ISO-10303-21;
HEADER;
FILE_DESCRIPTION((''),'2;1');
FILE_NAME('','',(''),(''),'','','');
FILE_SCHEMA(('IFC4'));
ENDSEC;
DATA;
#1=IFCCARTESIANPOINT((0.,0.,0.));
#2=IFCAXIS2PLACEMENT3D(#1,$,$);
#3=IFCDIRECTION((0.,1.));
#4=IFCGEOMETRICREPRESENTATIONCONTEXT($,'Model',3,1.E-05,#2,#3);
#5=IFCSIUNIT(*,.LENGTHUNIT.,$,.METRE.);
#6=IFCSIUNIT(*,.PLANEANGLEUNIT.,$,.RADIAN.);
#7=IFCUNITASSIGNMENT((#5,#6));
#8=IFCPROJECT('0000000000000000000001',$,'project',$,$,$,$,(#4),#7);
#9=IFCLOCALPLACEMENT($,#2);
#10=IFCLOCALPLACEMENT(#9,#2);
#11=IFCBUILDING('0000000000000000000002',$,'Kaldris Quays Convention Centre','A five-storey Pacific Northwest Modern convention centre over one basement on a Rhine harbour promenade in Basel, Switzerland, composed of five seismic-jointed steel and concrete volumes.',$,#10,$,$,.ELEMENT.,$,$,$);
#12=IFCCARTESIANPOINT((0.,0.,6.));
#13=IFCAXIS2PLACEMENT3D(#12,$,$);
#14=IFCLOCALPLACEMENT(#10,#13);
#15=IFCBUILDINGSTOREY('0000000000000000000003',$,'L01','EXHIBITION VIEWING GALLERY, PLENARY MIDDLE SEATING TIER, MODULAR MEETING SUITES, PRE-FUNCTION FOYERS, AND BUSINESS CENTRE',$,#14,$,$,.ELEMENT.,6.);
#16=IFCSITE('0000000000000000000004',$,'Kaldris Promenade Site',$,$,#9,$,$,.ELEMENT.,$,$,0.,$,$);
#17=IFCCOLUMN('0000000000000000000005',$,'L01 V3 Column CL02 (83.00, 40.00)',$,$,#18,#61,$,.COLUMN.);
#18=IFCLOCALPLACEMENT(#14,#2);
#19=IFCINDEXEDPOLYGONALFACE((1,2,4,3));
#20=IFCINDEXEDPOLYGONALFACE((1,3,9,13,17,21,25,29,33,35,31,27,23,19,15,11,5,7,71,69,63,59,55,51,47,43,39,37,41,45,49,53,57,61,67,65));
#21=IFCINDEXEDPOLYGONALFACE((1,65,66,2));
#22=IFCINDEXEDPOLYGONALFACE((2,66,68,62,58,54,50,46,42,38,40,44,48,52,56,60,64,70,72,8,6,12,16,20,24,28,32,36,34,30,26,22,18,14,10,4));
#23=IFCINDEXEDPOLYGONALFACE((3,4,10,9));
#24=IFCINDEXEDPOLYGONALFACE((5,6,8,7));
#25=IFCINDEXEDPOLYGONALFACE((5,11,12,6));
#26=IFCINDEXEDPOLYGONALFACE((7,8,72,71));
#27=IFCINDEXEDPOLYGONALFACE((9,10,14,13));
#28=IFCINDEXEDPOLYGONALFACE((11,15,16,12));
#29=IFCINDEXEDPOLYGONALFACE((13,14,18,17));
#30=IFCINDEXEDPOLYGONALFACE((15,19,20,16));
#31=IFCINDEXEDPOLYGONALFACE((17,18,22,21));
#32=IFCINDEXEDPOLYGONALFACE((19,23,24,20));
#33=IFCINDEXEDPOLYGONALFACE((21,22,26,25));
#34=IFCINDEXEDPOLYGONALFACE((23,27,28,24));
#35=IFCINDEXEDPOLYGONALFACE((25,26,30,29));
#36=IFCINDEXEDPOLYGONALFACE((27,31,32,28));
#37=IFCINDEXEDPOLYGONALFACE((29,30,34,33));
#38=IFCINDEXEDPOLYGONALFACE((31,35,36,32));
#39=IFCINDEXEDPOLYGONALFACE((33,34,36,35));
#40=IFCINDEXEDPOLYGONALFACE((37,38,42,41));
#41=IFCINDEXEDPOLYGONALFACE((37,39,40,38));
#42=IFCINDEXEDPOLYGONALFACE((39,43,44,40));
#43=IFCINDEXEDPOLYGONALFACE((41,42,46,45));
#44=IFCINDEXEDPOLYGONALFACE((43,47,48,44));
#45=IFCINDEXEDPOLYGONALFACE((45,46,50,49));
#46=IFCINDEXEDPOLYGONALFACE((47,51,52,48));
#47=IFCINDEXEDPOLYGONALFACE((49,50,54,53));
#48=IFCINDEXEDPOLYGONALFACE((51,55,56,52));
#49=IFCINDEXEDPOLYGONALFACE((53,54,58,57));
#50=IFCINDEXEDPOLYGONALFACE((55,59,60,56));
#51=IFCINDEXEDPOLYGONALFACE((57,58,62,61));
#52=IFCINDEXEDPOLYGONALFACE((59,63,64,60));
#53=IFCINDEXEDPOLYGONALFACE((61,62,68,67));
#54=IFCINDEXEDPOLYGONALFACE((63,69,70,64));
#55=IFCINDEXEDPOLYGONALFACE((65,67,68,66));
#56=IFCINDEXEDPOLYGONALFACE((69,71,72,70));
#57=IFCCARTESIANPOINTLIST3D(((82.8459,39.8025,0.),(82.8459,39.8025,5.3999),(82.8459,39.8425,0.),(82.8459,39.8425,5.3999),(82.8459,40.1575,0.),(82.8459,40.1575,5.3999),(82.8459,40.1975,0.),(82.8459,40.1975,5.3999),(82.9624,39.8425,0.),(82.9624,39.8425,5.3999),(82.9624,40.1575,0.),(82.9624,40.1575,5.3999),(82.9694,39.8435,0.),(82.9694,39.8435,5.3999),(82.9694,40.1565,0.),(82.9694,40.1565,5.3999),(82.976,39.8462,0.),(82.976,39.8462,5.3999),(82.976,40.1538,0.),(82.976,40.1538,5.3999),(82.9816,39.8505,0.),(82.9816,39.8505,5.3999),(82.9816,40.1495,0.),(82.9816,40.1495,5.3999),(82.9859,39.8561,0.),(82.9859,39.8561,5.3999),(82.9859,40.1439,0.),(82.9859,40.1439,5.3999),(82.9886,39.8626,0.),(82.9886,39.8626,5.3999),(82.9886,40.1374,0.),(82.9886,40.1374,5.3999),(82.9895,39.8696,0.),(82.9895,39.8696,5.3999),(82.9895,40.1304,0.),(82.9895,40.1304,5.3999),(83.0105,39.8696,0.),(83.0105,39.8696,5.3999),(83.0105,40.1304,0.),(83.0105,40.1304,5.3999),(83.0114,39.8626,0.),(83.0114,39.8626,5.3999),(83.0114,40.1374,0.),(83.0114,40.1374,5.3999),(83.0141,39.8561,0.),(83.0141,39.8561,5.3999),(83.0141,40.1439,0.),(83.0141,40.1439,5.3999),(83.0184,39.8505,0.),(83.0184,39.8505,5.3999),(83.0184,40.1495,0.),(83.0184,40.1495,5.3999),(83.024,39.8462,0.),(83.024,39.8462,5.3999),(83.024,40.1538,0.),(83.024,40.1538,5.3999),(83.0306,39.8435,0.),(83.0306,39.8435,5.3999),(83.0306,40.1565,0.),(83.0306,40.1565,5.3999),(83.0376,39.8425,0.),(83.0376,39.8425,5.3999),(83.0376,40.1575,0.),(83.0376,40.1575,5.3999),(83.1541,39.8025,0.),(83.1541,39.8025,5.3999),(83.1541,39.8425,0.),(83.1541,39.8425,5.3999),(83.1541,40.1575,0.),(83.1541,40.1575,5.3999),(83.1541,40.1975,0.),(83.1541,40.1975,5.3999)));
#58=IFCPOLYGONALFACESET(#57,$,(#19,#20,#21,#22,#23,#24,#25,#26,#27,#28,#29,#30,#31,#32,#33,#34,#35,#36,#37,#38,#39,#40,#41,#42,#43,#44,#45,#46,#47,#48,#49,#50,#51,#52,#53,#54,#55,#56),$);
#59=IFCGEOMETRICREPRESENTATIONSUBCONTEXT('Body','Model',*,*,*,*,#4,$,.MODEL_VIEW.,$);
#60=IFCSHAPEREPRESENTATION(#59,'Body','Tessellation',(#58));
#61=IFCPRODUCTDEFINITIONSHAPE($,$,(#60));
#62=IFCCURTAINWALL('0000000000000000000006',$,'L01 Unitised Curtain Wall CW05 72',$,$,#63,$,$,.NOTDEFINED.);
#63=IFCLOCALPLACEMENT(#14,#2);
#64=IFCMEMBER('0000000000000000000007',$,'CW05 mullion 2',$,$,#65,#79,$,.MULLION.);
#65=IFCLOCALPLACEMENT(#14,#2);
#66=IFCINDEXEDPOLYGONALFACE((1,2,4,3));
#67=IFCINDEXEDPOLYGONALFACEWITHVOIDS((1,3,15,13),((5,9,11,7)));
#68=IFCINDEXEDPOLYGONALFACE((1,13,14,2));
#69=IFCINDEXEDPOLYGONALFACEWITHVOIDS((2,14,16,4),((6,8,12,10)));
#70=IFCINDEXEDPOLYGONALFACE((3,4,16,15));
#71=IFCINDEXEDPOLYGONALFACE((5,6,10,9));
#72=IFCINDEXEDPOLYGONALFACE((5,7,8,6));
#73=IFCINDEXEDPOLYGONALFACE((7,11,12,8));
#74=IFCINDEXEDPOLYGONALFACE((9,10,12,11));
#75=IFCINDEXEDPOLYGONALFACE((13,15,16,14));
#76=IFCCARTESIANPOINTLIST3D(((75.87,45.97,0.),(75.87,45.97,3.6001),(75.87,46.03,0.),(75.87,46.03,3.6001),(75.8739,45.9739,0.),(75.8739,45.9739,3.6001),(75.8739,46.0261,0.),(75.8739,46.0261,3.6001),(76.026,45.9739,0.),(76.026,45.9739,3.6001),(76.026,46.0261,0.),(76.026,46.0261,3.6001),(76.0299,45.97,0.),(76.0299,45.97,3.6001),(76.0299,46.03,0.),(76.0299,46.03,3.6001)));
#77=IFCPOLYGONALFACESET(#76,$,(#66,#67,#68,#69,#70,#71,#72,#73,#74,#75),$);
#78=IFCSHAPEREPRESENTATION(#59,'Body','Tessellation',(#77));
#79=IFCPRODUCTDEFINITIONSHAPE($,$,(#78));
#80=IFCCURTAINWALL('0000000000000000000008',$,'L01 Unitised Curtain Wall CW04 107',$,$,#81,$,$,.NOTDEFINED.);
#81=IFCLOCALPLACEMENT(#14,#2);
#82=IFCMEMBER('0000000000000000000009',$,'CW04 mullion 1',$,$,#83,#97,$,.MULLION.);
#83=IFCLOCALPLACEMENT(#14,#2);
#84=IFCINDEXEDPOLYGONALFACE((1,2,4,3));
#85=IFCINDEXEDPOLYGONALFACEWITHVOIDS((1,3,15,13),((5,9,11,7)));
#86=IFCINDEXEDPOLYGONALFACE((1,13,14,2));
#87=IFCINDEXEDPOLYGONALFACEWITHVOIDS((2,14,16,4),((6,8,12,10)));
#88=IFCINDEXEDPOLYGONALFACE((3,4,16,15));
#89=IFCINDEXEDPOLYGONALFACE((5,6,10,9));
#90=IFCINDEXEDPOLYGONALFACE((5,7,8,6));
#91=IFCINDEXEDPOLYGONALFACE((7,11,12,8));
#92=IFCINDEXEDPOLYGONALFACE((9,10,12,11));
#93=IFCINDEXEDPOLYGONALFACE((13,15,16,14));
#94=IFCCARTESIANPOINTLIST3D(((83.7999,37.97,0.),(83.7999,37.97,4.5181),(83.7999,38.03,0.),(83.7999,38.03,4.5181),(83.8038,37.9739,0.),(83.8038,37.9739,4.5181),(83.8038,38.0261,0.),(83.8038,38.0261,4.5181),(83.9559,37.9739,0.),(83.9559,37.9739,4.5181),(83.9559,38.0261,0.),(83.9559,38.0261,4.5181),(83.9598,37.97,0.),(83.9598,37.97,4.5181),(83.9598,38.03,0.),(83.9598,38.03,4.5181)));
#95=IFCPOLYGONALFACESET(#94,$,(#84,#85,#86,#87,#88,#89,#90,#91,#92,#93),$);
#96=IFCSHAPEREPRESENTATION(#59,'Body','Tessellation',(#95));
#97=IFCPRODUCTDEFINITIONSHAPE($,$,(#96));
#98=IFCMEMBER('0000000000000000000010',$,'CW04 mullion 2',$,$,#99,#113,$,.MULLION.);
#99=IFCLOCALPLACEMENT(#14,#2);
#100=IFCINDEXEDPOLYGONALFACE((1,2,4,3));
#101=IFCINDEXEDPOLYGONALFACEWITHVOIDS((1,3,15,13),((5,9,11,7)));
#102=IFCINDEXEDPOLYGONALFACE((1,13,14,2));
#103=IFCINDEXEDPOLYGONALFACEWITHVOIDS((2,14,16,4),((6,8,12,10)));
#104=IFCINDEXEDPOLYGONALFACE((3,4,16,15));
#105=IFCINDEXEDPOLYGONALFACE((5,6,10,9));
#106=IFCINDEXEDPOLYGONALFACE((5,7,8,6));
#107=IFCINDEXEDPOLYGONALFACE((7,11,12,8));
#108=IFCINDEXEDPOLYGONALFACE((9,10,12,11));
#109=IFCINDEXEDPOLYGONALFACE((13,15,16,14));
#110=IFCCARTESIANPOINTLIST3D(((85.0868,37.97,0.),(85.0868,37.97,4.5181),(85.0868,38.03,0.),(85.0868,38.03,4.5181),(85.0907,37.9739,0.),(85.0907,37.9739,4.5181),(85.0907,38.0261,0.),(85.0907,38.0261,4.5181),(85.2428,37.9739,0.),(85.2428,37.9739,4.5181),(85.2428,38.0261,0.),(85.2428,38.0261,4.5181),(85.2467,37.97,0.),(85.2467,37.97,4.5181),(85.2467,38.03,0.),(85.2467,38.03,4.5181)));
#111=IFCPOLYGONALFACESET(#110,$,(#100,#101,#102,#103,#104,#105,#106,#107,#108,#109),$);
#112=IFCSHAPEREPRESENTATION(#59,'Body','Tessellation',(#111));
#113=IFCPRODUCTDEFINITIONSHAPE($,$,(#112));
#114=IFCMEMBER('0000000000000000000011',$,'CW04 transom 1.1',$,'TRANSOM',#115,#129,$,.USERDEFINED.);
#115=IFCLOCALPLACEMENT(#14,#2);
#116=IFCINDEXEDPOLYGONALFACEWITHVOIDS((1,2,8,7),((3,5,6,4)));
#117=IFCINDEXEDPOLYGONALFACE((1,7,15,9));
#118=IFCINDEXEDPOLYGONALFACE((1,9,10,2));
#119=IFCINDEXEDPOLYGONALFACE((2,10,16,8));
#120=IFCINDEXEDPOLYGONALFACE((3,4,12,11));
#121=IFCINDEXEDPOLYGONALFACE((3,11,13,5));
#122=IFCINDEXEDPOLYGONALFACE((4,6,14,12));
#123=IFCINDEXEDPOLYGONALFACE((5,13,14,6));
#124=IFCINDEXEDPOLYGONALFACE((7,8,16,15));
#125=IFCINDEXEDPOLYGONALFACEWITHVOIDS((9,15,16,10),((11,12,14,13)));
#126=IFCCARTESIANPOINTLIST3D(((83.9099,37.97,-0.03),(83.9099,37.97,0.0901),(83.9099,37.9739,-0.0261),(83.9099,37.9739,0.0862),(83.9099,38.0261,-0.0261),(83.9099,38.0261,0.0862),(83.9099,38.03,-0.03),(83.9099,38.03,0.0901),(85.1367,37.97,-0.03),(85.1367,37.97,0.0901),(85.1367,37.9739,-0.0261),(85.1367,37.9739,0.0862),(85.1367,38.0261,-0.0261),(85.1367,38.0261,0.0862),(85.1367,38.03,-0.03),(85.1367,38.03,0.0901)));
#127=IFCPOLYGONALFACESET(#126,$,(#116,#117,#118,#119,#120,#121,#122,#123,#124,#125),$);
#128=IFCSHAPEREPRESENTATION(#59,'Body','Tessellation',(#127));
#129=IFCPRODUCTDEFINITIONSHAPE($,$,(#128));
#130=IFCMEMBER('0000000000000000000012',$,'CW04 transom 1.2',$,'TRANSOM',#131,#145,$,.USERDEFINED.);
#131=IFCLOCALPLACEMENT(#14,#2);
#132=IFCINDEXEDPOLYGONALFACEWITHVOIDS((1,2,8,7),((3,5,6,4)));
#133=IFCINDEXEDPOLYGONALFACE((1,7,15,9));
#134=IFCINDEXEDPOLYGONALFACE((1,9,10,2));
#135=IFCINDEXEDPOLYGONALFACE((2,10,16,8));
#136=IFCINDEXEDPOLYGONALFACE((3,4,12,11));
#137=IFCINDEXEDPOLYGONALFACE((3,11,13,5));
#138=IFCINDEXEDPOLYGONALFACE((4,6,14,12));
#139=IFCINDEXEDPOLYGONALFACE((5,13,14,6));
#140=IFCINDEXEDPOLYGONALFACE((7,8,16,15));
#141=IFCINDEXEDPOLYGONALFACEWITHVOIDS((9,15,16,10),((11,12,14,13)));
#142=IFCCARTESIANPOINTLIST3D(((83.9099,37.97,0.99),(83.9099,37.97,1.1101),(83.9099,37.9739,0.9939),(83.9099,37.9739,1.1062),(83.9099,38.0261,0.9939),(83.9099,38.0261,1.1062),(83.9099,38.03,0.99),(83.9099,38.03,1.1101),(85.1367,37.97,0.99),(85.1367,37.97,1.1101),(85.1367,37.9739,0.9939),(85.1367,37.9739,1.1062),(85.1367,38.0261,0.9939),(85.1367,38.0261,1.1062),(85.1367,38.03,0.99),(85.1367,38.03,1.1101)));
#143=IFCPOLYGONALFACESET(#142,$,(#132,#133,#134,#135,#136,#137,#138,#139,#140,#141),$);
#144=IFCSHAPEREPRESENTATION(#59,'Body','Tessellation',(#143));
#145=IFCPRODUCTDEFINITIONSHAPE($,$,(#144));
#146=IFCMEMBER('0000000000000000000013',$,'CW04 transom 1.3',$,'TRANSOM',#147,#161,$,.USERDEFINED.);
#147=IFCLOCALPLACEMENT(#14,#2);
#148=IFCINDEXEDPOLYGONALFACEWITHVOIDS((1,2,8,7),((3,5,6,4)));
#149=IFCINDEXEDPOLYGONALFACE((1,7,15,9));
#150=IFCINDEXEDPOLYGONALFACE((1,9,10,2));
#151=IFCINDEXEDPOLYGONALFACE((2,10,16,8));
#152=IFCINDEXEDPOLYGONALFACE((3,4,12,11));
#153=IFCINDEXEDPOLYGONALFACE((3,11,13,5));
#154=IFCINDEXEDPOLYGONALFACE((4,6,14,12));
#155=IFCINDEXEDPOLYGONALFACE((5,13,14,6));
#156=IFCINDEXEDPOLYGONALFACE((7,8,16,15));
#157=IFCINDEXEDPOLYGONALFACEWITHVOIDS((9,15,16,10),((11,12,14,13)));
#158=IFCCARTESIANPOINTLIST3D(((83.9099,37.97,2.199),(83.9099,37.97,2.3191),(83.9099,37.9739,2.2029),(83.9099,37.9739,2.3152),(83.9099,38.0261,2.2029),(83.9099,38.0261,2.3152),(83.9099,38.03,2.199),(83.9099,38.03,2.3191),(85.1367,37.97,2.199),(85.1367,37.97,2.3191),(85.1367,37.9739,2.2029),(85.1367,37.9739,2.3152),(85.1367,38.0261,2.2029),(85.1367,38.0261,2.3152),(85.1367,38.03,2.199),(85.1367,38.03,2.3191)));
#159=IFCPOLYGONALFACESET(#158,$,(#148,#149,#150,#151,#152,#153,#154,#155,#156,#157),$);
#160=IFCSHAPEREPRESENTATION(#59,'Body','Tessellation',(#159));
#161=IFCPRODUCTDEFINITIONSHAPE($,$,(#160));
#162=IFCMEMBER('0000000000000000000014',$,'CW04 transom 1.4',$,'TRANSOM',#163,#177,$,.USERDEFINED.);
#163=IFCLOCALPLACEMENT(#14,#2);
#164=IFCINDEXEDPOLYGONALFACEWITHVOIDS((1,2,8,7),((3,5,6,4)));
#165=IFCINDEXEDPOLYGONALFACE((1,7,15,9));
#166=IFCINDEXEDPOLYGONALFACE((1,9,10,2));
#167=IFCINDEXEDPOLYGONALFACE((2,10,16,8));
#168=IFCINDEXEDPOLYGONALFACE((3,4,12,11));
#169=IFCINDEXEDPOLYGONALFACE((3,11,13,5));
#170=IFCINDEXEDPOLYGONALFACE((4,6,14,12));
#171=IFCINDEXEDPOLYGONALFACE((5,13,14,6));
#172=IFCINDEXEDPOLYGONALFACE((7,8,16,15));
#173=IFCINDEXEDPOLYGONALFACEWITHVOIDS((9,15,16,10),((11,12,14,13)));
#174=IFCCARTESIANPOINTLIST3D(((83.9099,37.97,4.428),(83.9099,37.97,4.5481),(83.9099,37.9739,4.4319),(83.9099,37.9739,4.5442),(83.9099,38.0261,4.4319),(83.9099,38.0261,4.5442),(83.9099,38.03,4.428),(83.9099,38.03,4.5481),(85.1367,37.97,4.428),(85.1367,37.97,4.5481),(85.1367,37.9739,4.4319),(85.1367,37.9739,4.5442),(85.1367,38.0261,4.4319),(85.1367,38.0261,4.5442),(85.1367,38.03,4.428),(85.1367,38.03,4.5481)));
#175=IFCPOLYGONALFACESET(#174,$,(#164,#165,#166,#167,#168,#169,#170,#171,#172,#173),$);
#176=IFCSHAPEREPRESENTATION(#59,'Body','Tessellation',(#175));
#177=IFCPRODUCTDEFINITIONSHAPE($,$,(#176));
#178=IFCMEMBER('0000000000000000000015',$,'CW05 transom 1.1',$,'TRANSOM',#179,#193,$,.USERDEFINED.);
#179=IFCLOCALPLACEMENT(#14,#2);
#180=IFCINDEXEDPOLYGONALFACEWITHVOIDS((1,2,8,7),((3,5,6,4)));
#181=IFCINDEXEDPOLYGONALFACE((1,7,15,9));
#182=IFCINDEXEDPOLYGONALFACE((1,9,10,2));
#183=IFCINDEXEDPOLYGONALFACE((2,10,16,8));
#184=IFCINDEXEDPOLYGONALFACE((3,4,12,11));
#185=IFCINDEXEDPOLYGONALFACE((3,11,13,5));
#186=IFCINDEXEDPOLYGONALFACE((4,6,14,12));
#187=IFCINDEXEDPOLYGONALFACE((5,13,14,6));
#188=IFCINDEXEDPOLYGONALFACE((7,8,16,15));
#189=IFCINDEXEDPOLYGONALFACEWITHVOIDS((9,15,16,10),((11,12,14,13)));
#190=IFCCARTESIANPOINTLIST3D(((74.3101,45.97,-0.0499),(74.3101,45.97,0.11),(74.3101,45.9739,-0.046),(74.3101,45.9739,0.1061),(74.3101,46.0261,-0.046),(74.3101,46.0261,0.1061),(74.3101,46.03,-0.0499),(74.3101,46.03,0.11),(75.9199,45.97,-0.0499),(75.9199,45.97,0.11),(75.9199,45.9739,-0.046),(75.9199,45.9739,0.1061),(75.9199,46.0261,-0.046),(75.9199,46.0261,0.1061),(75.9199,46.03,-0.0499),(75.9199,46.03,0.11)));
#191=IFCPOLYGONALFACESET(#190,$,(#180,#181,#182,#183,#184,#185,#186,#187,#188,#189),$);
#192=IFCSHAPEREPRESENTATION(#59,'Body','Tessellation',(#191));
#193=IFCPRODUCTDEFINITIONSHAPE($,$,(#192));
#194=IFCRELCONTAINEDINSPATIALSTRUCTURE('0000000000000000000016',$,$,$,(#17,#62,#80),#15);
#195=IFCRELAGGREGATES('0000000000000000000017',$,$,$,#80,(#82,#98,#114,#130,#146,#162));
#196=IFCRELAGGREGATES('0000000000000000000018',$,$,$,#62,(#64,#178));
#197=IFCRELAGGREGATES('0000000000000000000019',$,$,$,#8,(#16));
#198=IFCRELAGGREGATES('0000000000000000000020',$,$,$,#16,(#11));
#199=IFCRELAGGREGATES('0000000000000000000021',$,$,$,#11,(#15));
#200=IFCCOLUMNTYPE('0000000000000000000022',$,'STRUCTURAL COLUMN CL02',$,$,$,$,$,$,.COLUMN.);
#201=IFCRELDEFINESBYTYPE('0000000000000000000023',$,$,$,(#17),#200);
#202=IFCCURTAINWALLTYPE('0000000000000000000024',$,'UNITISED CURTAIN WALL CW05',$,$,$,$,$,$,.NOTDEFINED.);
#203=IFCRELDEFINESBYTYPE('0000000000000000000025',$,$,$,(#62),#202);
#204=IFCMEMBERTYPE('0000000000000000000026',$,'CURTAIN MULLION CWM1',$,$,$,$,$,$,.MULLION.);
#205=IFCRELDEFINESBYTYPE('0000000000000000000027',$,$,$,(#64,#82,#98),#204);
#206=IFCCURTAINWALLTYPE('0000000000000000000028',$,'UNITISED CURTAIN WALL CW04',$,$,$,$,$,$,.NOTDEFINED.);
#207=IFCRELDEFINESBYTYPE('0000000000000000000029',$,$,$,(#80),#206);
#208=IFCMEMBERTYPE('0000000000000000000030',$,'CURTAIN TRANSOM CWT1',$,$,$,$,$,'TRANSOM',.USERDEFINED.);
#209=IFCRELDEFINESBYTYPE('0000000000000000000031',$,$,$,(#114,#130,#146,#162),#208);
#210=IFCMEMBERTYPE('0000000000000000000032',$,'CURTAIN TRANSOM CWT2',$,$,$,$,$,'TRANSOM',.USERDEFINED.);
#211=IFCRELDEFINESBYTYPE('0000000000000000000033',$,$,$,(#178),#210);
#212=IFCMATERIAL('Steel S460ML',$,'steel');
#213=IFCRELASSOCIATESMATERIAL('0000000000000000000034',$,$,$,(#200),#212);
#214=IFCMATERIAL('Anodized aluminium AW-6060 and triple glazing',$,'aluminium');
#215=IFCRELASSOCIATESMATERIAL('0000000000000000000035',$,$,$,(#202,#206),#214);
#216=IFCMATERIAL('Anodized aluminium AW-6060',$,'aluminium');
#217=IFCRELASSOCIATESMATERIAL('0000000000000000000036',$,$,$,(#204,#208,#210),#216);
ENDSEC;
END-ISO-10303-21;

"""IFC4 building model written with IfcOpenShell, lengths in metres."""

from ifc_helpers import new_model, si_unit, direction, frame, origin, origin_2d, place, context, subcontext, project, spatial, hollow_rectangle, i_section, extrude, material, material_profile, profile_set, type_object, element, aggregate, save


model = new_model("IFC4")

# Units and contexts
model_context = context("Model", 3, precision=1e-05, world=origin(), true_north=direction((0.0, 1.0)))
body_context = subcontext(model_context, "Body", "Model", "MODEL_VIEW")
ifc_project = project(units=[si_unit("LENGTHUNIT", "METRE"), si_unit("PLANEANGLEUNIT", "RADIAN")], contexts=[model_context])

# Site, building, storey
site_placement = place(None, origin())
site = spatial("IfcSite", under=ifc_project, at=site_placement, Name="Kaldris Promenade Site", CompositionType="ELEMENT", RefElevation=0.0)
building_placement = place(site_placement, origin())
building = spatial("IfcBuilding", under=site, at=building_placement, Name="Kaldris Quays Convention Centre", Description="A five-storey Pacific Northwest Modern convention centre over one basement on a Rhine harbour promenade in Basel, Switzerland, composed of five seismic-jointed steel and concrete volumes.", CompositionType="ELEMENT")
storey_placement = place(building_placement, frame((0.0, 0.0, 6.0)))
storey = spatial("IfcBuildingStorey", under=building, at=storey_placement, Name="L01", Description="EXHIBITION VIEWING GALLERY, PLENARY MIDDLE SEATING TIER, MODULAR MEETING SUITES, PRE-FUNCTION FOYERS, AND BUSINESS CENTRE", CompositionType="ELEMENT", Elevation=6.0)

# Column
ifc_material_1 = material(Name="Steel S460ML", Category="steel")
ifc_material_profile_1 = material_profile(ifc_material_1, i_section(OverallWidth=0.3081, OverallDepth=0.395, WebThickness=0.021, FlangeThickness=0.04, FilletRadius=0.0271, at=origin_2d()), Name="HEM 360")
ifc_profile_set_1 = profile_set([ifc_material_profile_1], Name="Steel S460ML")
column_type = type_object("IfcColumnType", Name="STRUCTURAL COLUMN CL02", PredefinedType="COLUMN", material=ifc_profile_set_1)
column_placement = place(storey_placement, frame((83.0, 40.0, 0.0), z_axis=(0.0, 0.0, 1.0), x_axis=(1.0, 0.0, 0.0)))
element("IfcColumn", 1, at=column_placement, inside=storey, type_object=column_type, Name="L01 V3 Column CL02 (83.00, 40.00)", PredefinedType="COLUMN", context=body_context, shape_type="SweptSolid", body=[
    extrude(i_section(OverallWidth=0.3081, OverallDepth=0.395, WebThickness=0.021, FlangeThickness=0.04, FilletRadius=0.0271, at=origin_2d()), origin(), (0.0, 0.0, 1.0), 5.3999),
])

# Curtain wall, member
ifc_material_2 = material(Name="Anodized aluminium AW-6060 and triple glazing", Category="aluminium")
curtain_wall_type_1 = type_object("IfcCurtainWallType", Name="UNITISED CURTAIN WALL CW05", PredefinedType="NOTDEFINED", material=ifc_material_2)
curtain_wall_1_placement = place(storey_placement, origin())
curtain_wall_1 = element("IfcCurtainWall", 2, at=curtain_wall_1_placement, inside=storey, type_object=curtain_wall_type_1, Name="L01 Unitised Curtain Wall CW05 72", PredefinedType="NOTDEFINED")
ifc_material_3 = material(Name="Anodized aluminium AW-6060", Category="aluminium")
ifc_material_profile_2 = material_profile(ifc_material_3, hollow_rectangle(XDim=0.0601, YDim=0.1599, WallThickness=0.0039, at=origin_2d()), Name="RHS 160x60x4")
ifc_profile_set_2 = profile_set([ifc_material_profile_2], Name="Anodized aluminium AW-6060")
member_type_1 = type_object("IfcMemberType", Name="CURTAIN MULLION CWM1", PredefinedType="MULLION", material=ifc_profile_set_2)
member_1_placement = place(storey_placement, frame((75.95, 46.0, 0.0), z_axis=(0.0, 0.0, 1.0), x_axis=(0.0, 1.0, 0.0)))
member_1 = element("IfcMember", 3, at=member_1_placement, type_object=member_type_1, Name="CW05 mullion 2", PredefinedType="MULLION", context=body_context, shape_type="SweptSolid", body=[
    extrude(hollow_rectangle(XDim=0.0601, YDim=0.1599, WallThickness=0.0039, at=origin_2d()), origin(), (0.0, 0.0, 1.0), 3.6001),
])

# Curtain wall, members
curtain_wall_type_2 = type_object("IfcCurtainWallType", Name="UNITISED CURTAIN WALL CW04", PredefinedType="NOTDEFINED", material=ifc_material_2)
curtain_wall_2_placement = place(storey_placement, origin())
curtain_wall_2 = element("IfcCurtainWall", 4, at=curtain_wall_2_placement, inside=storey, type_object=curtain_wall_type_2, Name="L01 Unitised Curtain Wall CW04 107", PredefinedType="NOTDEFINED")
member_2_placement = place(storey_placement, frame((83.8799, 38.0, 0.0), z_axis=(0.0, 0.0, 1.0), x_axis=(0.0, 1.0, 0.0)))
member_2 = element("IfcMember", 5, at=member_2_placement, type_object=member_type_1, Name="CW04 mullion 1", PredefinedType="MULLION", context=body_context, shape_type="SweptSolid", body=[
    extrude(hollow_rectangle(XDim=0.0601, YDim=0.1599, WallThickness=0.0039, at=origin_2d()), origin(), (0.0, 0.0, 1.0), 4.5181),
])
member_3_placement = place(storey_placement, frame((85.1667, 38.0, 0.0), z_axis=(0.0, 0.0, 1.0), x_axis=(0.0, 1.0, 0.0)))
member_3 = element("IfcMember", 6, at=member_3_placement, type_object=member_type_1, Name="CW04 mullion 2", PredefinedType="MULLION", context=body_context, shape_type="SweptSolid", body=[
    extrude(hollow_rectangle(XDim=0.0601, YDim=0.1599, WallThickness=0.0039, at=origin_2d()), origin(), (0.0, 0.0, 1.0), 4.5181),
])
ifc_material_profile_3 = material_profile(ifc_material_3, hollow_rectangle(XDim=0.0601, YDim=0.1201, WallThickness=0.0039, at=origin_2d()), Name="RHS 120x60x4")
ifc_profile_set_3 = profile_set([ifc_material_profile_3], Name="Anodized aluminium AW-6060")
member_type_2 = type_object("IfcMemberType", Name="CURTAIN TRANSOM CWT1", ElementType="TRANSOM", PredefinedType="USERDEFINED", material=ifc_profile_set_3)
member_4_placement = place(storey_placement, frame((83.9099, 38.0, 0.03), z_axis=(1.0, 0.0, 0.0), x_axis=(0.0, 1.0, 0.0)))
member_4 = element("IfcMember", 7, at=member_4_placement, type_object=member_type_2, Name="CW04 transom 1.1", ObjectType="TRANSOM", PredefinedType="USERDEFINED", context=body_context, shape_type="SweptSolid", body=[
    extrude(hollow_rectangle(XDim=0.0601, YDim=0.1201, WallThickness=0.0039, at=origin_2d()), origin(), (0.0, 0.0, 1.0), 1.2268),
])
member_5_placement = place(storey_placement, frame((83.9099, 38.0, 1.05), z_axis=(1.0, 0.0, 0.0), x_axis=(0.0, 1.0, 0.0)))
member_5 = element("IfcMember", 8, at=member_5_placement, type_object=member_type_2, Name="CW04 transom 1.2", ObjectType="TRANSOM", PredefinedType="USERDEFINED", context=body_context, shape_type="SweptSolid", body=[
    extrude(hollow_rectangle(XDim=0.0601, YDim=0.1201, WallThickness=0.0039, at=origin_2d()), origin(), (0.0, 0.0, 1.0), 1.2268),
])
member_6_placement = place(storey_placement, frame((83.9099, 38.0, 2.259), z_axis=(1.0, 0.0, 0.0), x_axis=(0.0, 1.0, 0.0)))
member_6 = element("IfcMember", 9, at=member_6_placement, type_object=member_type_2, Name="CW04 transom 1.3", ObjectType="TRANSOM", PredefinedType="USERDEFINED", context=body_context, shape_type="SweptSolid", body=[
    extrude(hollow_rectangle(XDim=0.0601, YDim=0.1201, WallThickness=0.0039, at=origin_2d()), origin(), (0.0, 0.0, 1.0), 1.2268),
])
member_7_placement = place(storey_placement, frame((83.9099, 38.0, 4.488), z_axis=(1.0, 0.0, 0.0), x_axis=(0.0, 1.0, 0.0)))
member_7 = element("IfcMember", 10, at=member_7_placement, type_object=member_type_2, Name="CW04 transom 1.4", ObjectType="TRANSOM", PredefinedType="USERDEFINED", context=body_context, shape_type="SweptSolid", body=[
    extrude(hollow_rectangle(XDim=0.0601, YDim=0.1201, WallThickness=0.0039, at=origin_2d()), origin(), (0.0, 0.0, 1.0), 1.2268),
])

# Member
ifc_material_profile_4 = material_profile(ifc_material_3, hollow_rectangle(XDim=0.0601, YDim=0.1599, WallThickness=0.0039, at=origin_2d()), Name="RHS 160x60x4")
ifc_profile_set_4 = profile_set([ifc_material_profile_4], Name="Anodized aluminium AW-6060")
member_type_3 = type_object("IfcMemberType", Name="CURTAIN TRANSOM CWT2", ElementType="TRANSOM", PredefinedType="USERDEFINED", material=ifc_profile_set_4)
member_8_placement = place(storey_placement, frame((74.3101, 46.0, 0.03), z_axis=(1.0, 0.0, 0.0), x_axis=(0.0, 1.0, 0.0)))
member_8 = element("IfcMember", 11, at=member_8_placement, type_object=member_type_3, Name="CW05 transom 1.1", ObjectType="TRANSOM", PredefinedType="USERDEFINED", context=body_context, shape_type="SweptSolid", body=[
    extrude(hollow_rectangle(XDim=0.0601, YDim=0.1599, WallThickness=0.0039, at=origin_2d()), origin(), (0.0, 0.0, 1.0), 1.6099),
])

aggregate(curtain_wall_2, [member_2, member_3, member_4, member_5, member_6, member_7])
aggregate(curtain_wall_1, [member_1, member_8])

save(model, "model.ifc")
